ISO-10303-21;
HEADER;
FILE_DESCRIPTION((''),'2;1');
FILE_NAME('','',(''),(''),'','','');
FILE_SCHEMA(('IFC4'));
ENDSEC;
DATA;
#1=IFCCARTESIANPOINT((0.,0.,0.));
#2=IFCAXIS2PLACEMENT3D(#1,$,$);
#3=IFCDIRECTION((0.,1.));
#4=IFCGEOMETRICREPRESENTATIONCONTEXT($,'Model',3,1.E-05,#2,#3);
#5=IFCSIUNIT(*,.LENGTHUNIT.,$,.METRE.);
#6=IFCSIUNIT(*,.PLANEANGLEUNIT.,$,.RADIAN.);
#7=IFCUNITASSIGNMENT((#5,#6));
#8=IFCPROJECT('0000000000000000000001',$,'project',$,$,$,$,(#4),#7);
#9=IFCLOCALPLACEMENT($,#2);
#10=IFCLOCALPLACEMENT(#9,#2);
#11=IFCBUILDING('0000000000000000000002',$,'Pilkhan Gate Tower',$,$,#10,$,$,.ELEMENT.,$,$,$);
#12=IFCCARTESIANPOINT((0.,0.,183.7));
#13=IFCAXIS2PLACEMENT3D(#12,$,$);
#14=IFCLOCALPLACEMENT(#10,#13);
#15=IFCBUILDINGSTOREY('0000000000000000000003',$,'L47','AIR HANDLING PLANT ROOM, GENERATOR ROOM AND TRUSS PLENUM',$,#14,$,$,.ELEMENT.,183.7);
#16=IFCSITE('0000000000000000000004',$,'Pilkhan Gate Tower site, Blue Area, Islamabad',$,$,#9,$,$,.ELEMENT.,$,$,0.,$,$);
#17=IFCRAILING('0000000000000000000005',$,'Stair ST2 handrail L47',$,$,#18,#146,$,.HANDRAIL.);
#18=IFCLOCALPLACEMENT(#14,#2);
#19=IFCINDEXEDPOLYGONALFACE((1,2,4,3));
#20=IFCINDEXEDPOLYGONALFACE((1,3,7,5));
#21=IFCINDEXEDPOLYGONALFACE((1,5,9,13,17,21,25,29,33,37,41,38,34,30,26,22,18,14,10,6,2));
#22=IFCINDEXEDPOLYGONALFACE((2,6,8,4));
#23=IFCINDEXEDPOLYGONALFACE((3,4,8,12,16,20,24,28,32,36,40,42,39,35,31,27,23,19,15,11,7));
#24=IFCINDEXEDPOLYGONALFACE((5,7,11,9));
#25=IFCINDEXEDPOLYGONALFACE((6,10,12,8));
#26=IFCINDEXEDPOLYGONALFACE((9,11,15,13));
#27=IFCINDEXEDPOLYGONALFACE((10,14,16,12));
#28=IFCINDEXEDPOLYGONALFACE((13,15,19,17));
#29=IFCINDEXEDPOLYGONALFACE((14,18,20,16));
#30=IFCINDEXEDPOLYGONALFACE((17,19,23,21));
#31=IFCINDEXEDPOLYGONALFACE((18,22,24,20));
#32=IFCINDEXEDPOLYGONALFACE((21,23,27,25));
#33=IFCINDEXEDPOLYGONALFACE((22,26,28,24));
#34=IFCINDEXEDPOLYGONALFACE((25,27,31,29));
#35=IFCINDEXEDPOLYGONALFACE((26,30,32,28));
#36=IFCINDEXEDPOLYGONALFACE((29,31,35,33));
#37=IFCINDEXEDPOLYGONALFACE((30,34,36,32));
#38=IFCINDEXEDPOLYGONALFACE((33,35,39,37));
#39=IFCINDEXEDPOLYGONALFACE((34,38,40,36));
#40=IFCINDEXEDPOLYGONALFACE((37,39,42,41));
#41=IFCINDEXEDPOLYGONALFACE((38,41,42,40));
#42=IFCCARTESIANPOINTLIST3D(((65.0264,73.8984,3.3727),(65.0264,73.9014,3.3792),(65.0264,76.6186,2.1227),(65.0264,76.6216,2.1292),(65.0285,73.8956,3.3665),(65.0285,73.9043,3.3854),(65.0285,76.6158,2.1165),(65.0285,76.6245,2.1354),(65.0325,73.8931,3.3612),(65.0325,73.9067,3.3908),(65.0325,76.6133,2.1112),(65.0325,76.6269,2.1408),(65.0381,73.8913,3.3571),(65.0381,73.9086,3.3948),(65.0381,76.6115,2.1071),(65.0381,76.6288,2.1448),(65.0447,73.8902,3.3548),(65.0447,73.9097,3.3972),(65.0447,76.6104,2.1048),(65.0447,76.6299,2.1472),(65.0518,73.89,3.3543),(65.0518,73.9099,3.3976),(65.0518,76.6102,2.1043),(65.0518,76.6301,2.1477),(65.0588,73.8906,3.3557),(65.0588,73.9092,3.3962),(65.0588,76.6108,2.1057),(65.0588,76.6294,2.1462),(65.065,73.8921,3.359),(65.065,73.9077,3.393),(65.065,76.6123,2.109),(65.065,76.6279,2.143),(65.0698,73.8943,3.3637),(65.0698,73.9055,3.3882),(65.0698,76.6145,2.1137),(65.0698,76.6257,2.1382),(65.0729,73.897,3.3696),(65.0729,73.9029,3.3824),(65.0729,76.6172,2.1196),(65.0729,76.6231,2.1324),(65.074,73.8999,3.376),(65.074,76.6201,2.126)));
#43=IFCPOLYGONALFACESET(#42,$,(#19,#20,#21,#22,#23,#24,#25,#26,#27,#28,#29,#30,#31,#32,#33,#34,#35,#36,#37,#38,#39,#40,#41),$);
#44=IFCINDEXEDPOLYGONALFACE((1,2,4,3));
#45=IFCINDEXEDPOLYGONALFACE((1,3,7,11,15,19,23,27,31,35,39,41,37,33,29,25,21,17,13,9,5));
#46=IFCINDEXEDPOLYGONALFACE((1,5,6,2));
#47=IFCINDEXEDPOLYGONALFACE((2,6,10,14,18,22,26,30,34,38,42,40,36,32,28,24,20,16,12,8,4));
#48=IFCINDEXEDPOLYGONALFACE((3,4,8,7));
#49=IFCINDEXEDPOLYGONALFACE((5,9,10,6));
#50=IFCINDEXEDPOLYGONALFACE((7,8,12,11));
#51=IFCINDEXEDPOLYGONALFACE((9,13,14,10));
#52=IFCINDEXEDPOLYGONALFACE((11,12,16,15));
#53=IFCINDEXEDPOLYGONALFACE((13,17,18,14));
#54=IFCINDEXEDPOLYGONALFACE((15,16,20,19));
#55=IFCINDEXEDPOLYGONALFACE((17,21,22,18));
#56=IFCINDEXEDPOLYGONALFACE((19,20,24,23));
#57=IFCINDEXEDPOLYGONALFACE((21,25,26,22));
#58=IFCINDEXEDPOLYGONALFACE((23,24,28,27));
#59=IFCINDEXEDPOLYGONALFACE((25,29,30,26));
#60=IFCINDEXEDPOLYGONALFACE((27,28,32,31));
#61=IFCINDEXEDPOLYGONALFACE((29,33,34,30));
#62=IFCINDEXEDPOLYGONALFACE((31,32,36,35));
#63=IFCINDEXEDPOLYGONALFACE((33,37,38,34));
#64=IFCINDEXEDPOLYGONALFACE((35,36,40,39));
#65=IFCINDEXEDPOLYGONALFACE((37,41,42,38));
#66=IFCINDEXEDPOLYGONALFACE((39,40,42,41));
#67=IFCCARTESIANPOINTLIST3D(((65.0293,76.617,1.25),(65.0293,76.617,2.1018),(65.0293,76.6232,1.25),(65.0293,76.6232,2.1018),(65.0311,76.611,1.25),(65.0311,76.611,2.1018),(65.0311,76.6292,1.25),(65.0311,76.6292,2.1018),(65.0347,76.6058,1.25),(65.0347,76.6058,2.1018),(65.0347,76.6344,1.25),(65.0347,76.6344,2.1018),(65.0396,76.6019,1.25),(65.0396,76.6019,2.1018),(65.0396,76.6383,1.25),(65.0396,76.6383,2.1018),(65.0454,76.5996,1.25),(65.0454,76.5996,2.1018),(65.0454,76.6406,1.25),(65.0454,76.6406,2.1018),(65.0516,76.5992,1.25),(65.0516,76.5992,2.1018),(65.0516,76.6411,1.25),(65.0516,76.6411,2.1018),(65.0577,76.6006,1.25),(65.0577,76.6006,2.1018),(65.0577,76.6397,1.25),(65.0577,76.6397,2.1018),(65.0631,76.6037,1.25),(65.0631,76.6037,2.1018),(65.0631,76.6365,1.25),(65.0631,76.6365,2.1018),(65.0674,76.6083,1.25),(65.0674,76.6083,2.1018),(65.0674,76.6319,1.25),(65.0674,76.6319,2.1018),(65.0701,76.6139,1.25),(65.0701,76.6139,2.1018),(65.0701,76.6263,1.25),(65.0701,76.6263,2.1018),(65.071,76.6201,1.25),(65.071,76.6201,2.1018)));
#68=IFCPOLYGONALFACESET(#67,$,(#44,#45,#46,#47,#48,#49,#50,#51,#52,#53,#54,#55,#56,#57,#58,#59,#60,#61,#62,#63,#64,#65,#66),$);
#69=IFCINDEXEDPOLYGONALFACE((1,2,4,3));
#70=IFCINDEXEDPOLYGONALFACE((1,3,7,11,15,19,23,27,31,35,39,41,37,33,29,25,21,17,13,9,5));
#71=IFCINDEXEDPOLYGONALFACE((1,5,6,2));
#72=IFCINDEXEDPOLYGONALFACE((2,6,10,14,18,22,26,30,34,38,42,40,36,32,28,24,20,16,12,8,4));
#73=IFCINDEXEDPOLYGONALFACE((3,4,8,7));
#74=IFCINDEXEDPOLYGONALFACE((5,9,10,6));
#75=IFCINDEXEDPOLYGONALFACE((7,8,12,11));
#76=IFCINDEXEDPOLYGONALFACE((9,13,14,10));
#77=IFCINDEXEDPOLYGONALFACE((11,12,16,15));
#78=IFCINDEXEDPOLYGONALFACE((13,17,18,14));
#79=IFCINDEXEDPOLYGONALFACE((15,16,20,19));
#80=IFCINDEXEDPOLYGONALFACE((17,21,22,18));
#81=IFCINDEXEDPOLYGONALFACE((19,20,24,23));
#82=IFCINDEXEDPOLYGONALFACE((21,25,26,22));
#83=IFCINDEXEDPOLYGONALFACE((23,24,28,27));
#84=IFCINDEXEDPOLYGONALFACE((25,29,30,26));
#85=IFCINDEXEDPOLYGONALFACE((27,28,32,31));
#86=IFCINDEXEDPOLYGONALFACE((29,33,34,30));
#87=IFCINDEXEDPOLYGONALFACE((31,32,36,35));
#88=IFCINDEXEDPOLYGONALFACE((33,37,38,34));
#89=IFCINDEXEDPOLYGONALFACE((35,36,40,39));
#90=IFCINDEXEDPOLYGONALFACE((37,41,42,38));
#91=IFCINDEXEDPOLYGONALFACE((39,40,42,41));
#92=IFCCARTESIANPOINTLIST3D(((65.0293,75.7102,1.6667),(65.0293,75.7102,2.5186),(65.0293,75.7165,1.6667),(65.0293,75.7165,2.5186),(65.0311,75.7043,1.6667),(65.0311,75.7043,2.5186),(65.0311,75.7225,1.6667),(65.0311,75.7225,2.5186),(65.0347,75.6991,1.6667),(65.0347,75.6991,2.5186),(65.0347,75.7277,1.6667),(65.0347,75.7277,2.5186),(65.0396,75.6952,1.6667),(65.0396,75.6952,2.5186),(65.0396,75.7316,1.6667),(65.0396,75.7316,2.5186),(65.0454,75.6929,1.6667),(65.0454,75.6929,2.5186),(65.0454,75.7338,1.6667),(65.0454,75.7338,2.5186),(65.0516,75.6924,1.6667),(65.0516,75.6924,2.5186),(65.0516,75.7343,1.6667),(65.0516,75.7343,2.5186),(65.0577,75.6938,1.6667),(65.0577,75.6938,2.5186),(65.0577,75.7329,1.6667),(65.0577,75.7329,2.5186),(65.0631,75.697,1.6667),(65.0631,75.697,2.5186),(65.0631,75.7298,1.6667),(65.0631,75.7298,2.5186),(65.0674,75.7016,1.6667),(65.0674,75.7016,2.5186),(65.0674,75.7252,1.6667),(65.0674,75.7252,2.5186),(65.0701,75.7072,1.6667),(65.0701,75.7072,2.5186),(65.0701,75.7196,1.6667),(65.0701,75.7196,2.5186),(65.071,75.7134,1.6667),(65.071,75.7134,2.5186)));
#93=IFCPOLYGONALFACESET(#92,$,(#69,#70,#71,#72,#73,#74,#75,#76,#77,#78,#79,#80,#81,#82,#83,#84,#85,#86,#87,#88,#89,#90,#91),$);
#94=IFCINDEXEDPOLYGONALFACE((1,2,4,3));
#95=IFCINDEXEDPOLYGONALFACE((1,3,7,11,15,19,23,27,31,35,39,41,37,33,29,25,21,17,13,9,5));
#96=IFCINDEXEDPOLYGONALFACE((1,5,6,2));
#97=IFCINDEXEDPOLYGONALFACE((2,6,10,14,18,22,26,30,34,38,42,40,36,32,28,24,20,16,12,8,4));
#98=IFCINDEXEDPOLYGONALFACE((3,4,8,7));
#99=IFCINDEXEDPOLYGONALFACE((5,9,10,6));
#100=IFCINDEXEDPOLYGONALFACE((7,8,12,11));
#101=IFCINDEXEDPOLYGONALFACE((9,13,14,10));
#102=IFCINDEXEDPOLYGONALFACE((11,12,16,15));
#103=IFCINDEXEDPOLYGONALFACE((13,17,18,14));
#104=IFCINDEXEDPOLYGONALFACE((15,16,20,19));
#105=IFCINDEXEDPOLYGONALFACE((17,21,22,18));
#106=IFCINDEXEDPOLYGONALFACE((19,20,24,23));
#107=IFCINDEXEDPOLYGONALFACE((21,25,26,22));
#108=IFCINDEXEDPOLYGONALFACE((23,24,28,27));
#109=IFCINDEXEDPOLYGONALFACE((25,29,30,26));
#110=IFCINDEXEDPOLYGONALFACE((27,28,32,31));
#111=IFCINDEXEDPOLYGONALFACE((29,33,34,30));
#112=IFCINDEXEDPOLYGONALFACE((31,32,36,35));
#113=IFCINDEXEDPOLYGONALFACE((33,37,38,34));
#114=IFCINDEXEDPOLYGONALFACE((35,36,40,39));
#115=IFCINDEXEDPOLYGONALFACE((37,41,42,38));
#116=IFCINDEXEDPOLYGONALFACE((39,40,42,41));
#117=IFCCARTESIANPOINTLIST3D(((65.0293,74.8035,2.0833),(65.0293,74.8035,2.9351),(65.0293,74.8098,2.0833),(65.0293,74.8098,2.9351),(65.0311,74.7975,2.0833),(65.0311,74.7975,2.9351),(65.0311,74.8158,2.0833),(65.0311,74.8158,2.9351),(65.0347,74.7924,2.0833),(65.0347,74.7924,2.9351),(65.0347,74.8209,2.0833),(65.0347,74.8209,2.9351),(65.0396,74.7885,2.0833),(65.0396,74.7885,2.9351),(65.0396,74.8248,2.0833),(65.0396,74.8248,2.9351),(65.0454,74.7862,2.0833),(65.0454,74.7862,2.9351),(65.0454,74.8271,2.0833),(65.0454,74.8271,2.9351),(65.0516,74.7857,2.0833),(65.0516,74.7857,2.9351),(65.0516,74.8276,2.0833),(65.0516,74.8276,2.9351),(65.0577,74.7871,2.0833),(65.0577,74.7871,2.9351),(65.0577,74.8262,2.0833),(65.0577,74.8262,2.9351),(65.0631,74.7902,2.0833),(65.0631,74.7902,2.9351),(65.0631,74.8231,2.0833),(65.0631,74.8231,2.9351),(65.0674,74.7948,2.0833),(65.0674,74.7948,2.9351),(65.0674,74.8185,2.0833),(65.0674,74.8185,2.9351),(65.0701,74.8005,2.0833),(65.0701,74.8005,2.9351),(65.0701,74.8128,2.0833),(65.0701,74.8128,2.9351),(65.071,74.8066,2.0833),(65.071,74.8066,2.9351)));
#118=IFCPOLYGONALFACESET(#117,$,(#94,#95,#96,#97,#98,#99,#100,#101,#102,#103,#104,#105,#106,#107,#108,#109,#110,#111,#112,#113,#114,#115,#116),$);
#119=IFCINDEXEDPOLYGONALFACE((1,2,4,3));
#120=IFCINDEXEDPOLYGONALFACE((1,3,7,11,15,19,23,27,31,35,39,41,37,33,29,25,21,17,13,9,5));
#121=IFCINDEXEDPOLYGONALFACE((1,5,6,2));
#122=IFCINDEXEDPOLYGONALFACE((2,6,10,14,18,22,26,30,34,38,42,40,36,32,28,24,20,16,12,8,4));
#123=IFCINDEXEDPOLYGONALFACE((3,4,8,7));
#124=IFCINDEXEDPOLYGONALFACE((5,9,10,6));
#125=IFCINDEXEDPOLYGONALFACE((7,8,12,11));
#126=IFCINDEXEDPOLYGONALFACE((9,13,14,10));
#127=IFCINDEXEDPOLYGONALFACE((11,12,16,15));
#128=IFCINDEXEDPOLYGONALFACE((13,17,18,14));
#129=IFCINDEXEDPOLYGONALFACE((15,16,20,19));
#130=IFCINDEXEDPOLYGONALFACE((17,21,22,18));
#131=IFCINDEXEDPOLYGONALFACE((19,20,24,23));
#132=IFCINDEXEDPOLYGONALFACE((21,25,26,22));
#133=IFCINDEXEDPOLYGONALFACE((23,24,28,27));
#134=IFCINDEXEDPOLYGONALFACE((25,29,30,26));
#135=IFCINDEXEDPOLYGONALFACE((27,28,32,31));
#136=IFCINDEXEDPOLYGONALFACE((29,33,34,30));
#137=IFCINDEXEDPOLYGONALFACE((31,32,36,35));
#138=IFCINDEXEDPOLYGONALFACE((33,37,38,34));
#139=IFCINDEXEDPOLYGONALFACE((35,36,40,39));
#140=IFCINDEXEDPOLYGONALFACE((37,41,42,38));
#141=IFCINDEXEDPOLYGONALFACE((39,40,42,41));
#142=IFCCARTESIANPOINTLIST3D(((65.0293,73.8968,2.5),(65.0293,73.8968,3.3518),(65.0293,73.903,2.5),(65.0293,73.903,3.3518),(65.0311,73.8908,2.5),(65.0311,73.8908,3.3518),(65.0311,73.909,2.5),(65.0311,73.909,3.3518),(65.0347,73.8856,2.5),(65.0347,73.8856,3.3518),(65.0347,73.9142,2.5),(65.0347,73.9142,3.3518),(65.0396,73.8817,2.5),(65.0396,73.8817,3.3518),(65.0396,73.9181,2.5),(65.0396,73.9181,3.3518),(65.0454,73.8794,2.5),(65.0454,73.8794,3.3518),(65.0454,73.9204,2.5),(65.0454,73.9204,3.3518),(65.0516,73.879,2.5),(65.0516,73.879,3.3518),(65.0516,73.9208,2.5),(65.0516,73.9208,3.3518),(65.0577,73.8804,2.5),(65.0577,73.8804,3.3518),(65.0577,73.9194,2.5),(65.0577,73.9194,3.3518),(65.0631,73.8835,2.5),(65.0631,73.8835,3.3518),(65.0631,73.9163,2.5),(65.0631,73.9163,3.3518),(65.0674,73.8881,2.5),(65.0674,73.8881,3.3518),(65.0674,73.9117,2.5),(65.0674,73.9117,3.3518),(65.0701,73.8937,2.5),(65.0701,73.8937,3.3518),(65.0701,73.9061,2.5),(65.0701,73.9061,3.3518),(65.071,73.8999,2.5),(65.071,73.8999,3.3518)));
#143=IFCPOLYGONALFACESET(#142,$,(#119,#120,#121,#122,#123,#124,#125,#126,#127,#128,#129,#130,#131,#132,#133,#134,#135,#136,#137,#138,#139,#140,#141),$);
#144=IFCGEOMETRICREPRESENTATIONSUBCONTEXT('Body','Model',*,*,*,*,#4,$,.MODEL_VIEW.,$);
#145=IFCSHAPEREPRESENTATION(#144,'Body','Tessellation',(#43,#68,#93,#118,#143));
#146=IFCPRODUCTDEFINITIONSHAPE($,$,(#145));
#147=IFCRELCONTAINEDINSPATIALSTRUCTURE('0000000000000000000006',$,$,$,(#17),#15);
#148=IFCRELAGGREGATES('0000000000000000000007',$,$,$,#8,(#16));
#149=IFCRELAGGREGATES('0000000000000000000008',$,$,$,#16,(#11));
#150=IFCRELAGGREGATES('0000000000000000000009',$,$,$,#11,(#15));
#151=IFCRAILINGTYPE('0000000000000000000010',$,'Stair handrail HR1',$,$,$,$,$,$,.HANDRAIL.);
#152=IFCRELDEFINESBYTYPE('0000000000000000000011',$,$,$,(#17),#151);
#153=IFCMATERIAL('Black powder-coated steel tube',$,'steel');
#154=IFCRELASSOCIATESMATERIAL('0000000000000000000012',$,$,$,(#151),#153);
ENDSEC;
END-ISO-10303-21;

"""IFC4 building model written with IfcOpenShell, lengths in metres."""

from ifc_helpers import new_model, si_unit, direction, frame, origin, origin_2d, place, context, subcontext, project, spatial, circle, extrude, material, type_object, element, save


model = new_model("IFC4")

# Units and contexts
model_context = context("Model", 3, precision=1e-05, world=origin(), true_north=direction((0.0, 1.0)))
body_context = subcontext(model_context, "Body", "Model", "MODEL_VIEW")
ifc_project = project(units=[si_unit("LENGTHUNIT", "METRE"), si_unit("PLANEANGLEUNIT", "RADIAN")], contexts=[model_context])

# Site, building, storey
site_placement = place(None, origin())
site = spatial("IfcSite", under=ifc_project, at=site_placement, Name="Pilkhan Gate Tower site, Blue Area, Islamabad", CompositionType="ELEMENT", RefElevation=0.0)
building_placement = place(site_placement, origin())
building = spatial("IfcBuilding", under=site, at=building_placement, Name="Pilkhan Gate Tower", CompositionType="ELEMENT")
storey_placement = place(building_placement, frame((0.0, 0.0, 183.7)))
storey = spatial("IfcBuildingStorey", under=building, at=storey_placement, Name="L47", Description="AIR HANDLING PLANT ROOM, GENERATOR ROOM AND TRUSS PLENUM", CompositionType="ELEMENT", Elevation=183.7)

# Railing
ifc_material_1 = material(Name="Black powder-coated steel tube", Category="steel")
railing_type_1 = type_object("IfcRailingType", Name="Stair handrail HR1", PredefinedType="HANDRAIL", material=ifc_material_1)
railing_1_placement = place(storey_placement, frame((65.05, 76.6201, 1.25)))
element("IfcRailing", 1, at=railing_1_placement, inside=storey, type_object=railing_type_1, Name="Stair ST2 handrail L47", PredefinedType="HANDRAIL", context=body_context, shape_type="SweptSolid", body=[
    extrude(circle(Radius=0.0239, at=origin_2d()), frame((0.0, 0.0, 0.876), z_axis=(0.0, -0.908655, 0.417547), x_axis=(1.0, 0.0, 0.0)), (0.0, 0.0, 1.0), 2.9937),
    extrude(circle(Radius=0.021, at=origin_2d()), origin(), (0.0, 0.0, 1.0), 0.8518),
    extrude(circle(Radius=0.021, at=origin_2d()), frame((0.0, -0.9067, 0.4167)), (0.0, 0.0, 1.0), 0.8518),
    extrude(circle(Radius=0.021, at=origin_2d()), frame((0.0, -1.8135, 0.8333)), (0.0, 0.0, 1.0), 0.8518),
    extrude(circle(Radius=0.021, at=origin_2d()), frame((0.0, -2.7202, 1.25)), (0.0, 0.0, 1.0), 0.8518),
])

save(model, "model.ifc")
